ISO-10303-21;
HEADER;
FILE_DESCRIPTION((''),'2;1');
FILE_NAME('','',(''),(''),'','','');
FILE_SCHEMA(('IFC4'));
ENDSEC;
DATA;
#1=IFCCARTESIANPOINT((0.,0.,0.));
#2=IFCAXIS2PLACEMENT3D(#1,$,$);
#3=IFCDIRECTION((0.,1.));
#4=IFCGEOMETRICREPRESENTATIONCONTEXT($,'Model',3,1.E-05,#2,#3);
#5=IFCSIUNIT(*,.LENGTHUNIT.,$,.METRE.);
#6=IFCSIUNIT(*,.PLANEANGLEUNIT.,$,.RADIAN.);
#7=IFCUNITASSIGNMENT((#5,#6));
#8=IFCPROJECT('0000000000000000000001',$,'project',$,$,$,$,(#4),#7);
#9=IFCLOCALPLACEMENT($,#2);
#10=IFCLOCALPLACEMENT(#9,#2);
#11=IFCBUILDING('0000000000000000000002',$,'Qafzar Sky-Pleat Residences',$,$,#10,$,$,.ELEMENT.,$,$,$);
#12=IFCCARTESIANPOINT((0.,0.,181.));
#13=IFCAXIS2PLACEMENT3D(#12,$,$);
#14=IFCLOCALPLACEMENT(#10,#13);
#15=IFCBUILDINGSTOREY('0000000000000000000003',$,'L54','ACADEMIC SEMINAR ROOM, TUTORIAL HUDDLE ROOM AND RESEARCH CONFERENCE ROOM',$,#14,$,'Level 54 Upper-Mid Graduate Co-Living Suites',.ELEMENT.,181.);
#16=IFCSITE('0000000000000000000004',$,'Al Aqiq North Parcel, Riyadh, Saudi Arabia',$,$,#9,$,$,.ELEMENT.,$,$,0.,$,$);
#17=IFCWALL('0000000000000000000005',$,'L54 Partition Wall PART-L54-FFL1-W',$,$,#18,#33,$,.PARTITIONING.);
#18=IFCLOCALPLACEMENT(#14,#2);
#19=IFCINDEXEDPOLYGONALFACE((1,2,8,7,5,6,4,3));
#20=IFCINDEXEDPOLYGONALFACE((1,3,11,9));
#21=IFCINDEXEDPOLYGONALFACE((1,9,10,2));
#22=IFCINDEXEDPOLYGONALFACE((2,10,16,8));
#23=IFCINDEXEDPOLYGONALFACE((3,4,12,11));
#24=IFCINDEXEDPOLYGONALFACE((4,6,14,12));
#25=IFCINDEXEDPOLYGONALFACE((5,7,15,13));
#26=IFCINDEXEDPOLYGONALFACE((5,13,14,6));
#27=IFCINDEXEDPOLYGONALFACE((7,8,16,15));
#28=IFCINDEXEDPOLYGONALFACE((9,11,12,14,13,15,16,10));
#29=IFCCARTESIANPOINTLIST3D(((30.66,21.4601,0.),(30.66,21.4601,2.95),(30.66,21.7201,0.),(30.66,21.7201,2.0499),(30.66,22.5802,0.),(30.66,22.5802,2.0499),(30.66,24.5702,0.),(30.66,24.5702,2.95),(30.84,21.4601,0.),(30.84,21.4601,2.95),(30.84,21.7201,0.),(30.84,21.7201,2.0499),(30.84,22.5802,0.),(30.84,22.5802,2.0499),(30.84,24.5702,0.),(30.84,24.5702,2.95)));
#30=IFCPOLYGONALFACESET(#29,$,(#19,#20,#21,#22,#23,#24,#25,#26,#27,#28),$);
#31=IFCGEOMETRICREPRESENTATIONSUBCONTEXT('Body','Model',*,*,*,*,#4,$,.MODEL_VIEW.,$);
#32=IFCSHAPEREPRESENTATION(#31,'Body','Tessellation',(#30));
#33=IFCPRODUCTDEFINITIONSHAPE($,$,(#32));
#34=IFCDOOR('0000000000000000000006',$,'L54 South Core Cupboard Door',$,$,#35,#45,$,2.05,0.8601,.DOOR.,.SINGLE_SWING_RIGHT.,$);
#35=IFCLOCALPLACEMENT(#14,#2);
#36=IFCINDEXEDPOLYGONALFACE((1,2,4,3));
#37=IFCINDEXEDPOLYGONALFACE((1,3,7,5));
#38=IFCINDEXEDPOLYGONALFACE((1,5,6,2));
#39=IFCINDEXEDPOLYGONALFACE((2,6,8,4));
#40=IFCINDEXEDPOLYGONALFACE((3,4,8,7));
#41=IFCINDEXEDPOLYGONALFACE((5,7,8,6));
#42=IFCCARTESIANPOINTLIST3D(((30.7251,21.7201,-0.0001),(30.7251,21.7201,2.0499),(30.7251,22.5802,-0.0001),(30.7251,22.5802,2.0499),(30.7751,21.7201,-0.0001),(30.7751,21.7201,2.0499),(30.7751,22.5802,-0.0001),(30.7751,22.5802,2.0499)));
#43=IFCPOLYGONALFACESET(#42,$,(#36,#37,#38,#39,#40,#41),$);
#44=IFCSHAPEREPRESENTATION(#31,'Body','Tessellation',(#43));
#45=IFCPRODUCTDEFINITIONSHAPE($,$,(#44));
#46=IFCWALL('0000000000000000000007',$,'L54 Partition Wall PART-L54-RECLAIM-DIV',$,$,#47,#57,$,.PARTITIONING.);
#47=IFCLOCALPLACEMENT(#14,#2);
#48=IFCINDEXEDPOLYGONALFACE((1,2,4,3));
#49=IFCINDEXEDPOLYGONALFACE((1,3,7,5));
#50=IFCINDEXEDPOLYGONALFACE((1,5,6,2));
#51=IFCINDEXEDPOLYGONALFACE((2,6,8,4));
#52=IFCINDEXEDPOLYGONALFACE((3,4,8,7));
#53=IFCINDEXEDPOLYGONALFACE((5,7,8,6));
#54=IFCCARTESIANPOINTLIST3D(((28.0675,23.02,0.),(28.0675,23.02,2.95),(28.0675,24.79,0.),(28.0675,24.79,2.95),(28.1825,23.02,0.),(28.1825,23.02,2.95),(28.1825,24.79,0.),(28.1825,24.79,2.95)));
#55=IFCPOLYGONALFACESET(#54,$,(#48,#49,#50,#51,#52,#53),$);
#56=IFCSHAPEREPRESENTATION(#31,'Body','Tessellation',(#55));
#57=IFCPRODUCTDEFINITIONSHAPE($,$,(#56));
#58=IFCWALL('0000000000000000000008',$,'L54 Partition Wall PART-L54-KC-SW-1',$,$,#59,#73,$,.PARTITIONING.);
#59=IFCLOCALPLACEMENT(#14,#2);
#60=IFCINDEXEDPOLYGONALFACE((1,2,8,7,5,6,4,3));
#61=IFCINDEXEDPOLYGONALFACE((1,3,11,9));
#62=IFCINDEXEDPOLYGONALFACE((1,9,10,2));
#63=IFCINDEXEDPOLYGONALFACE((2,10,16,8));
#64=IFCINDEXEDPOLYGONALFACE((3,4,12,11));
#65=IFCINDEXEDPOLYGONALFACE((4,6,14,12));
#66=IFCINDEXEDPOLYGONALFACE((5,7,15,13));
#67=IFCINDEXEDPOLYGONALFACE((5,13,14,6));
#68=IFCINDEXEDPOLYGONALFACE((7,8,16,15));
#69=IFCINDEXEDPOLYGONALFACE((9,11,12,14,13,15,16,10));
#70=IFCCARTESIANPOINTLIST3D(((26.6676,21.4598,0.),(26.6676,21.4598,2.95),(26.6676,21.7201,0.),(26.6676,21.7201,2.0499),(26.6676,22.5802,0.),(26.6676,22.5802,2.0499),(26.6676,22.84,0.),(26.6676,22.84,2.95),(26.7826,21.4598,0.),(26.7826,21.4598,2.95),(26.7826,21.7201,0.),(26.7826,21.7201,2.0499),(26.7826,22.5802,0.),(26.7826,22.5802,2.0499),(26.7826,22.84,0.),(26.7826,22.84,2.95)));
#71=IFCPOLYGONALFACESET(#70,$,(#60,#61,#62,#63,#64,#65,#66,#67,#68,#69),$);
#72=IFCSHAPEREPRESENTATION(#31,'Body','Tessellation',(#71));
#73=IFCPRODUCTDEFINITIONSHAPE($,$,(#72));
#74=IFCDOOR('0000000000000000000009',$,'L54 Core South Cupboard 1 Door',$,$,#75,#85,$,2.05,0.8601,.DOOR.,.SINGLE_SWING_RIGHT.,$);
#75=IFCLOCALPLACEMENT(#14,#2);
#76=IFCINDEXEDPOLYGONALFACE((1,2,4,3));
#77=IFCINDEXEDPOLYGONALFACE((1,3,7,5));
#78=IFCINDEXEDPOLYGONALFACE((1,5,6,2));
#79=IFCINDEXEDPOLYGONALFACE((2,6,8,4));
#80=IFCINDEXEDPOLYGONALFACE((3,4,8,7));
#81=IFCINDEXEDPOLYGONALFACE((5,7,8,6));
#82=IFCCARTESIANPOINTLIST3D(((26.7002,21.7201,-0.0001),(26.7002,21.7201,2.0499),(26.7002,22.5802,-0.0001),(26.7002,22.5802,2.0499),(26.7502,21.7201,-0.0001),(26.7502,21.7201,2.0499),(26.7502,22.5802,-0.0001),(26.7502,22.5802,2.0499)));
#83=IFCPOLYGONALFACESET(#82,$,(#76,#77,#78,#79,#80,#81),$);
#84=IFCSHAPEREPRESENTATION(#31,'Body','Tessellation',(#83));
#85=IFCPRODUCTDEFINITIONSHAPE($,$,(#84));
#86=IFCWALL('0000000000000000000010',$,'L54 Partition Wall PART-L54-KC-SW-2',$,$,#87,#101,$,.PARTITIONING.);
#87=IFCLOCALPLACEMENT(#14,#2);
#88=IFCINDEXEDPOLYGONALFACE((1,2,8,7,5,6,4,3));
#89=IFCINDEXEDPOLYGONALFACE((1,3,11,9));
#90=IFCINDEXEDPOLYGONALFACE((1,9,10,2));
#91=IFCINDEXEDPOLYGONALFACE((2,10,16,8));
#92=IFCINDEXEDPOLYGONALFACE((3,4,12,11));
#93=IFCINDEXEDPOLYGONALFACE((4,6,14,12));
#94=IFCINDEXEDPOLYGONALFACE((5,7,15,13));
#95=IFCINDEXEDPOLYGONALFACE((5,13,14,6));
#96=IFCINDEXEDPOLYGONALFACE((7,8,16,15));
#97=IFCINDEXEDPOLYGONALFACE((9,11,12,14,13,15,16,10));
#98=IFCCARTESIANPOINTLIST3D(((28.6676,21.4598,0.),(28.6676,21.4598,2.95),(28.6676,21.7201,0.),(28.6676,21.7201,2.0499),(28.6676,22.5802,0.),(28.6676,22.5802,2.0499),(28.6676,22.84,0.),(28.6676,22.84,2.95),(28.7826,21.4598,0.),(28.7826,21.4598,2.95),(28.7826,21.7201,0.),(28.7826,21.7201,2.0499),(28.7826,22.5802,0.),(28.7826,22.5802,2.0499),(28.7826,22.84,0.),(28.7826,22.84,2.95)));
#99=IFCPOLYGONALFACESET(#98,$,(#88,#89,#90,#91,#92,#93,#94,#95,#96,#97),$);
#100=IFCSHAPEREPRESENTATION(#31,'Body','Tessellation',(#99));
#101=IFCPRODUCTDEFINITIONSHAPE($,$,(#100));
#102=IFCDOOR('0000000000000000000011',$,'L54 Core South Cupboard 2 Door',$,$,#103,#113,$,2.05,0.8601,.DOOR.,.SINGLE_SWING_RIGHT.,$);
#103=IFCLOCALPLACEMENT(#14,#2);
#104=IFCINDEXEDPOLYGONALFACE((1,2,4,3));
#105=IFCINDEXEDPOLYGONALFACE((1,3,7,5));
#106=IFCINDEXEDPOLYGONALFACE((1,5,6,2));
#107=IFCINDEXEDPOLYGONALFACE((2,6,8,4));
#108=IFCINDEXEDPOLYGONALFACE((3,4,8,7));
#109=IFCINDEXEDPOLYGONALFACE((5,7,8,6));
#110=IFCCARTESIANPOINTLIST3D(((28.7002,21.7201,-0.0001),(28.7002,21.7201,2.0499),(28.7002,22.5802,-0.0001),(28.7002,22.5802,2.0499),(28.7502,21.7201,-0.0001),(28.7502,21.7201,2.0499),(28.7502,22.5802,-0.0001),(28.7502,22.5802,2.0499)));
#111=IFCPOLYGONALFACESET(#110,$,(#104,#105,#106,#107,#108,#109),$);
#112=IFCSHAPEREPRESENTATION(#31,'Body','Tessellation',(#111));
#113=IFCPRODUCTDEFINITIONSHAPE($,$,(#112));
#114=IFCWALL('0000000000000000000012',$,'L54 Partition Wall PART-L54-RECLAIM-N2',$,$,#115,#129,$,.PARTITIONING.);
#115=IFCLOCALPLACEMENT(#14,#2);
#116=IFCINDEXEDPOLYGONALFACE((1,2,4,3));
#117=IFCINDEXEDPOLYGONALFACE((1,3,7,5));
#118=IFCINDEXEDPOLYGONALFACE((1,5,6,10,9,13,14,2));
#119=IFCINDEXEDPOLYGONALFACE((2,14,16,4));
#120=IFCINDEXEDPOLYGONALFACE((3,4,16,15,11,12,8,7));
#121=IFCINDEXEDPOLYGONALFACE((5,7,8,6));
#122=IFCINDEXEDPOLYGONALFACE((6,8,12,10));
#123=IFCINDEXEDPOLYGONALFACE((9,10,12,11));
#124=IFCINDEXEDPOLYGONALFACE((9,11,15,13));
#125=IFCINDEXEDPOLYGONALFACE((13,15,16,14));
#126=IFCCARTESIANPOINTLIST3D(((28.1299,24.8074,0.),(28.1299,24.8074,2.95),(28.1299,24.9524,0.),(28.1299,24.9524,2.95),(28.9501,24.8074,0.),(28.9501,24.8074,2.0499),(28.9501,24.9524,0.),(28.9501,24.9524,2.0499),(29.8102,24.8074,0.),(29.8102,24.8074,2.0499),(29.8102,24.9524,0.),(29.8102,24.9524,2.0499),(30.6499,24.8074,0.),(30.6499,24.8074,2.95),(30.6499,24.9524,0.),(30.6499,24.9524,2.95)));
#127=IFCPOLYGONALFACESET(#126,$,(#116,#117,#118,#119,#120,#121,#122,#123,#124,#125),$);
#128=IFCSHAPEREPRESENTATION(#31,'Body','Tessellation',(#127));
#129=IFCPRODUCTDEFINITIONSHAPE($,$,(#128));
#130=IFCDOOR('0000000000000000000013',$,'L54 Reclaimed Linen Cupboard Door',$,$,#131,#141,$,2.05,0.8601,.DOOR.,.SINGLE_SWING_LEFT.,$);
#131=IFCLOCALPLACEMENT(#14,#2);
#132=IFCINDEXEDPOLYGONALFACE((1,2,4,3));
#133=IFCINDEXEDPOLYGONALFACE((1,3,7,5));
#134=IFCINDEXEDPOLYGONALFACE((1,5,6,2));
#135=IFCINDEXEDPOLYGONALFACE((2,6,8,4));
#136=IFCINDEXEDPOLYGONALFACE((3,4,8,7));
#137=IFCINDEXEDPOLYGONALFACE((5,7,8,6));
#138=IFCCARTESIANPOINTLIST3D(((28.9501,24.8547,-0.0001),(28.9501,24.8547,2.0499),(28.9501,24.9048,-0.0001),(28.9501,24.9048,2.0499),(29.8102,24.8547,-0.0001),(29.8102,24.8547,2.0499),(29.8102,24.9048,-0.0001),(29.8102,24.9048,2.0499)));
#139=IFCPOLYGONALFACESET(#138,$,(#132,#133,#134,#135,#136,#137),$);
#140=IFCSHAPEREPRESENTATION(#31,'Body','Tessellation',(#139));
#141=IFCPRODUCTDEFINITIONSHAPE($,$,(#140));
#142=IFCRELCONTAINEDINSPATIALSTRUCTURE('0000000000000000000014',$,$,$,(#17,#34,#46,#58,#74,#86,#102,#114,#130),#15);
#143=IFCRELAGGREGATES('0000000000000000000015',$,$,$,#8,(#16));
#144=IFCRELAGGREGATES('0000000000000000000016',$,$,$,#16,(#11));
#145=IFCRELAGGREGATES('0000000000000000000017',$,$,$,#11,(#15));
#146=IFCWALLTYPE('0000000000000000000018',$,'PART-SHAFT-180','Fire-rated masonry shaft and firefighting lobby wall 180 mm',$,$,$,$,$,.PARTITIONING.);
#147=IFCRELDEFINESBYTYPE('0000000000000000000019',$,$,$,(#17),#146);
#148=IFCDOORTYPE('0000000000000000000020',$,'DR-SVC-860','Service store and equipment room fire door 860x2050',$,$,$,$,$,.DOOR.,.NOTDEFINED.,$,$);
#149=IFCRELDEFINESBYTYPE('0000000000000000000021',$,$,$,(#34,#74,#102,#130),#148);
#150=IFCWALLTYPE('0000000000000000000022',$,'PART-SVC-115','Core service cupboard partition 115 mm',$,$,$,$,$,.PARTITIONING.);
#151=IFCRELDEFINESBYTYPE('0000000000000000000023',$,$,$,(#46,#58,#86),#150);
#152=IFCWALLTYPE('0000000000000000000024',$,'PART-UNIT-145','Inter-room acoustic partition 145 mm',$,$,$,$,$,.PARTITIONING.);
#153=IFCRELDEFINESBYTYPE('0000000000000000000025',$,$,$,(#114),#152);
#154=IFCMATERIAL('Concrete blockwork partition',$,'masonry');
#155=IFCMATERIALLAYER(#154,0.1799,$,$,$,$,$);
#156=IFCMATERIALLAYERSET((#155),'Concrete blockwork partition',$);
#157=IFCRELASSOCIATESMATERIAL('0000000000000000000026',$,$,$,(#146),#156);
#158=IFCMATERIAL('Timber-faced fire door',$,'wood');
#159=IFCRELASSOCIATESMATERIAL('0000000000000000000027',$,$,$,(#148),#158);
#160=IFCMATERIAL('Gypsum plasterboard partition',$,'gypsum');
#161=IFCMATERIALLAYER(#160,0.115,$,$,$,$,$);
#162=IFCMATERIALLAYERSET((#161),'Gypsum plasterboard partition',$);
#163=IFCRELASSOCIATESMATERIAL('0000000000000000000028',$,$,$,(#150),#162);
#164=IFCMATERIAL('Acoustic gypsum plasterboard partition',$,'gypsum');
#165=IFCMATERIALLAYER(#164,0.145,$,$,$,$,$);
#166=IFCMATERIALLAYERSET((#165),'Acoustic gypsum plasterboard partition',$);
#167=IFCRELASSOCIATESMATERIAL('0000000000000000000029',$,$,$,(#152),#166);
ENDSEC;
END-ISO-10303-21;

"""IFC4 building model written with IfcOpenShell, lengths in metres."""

from ifc_helpers import new_model, si_unit, direction, frame, frame_2d, origin, place, context, subcontext, project, spatial, rectangle, extrude, source, transform, mapped, material, layer, layer_set, type_object, element, fill, save


model = new_model("IFC4")

# Units and contexts
model_context = context("Model", 3, precision=1e-05, world=origin(), true_north=direction((0.0, 1.0)))
body_context = subcontext(model_context, "Body", "Model", "MODEL_VIEW")
ifc_project = project(units=[si_unit("LENGTHUNIT", "METRE"), si_unit("PLANEANGLEUNIT", "RADIAN")], contexts=[model_context])

# Site, building, storey
site_placement = place(None, origin())
site = spatial("IfcSite", under=ifc_project, at=site_placement, Name="Al Aqiq North Parcel, Riyadh, Saudi Arabia", CompositionType="ELEMENT", RefElevation=0.0)
building_placement = place(site_placement, origin())
building = spatial("IfcBuilding", under=site, at=building_placement, Name="Qafzar Sky-Pleat Residences", CompositionType="ELEMENT")
storey_placement = place(building_placement, frame((0.0, 0.0, 181.0)))
storey = spatial("IfcBuildingStorey", under=building, at=storey_placement, Name="L54", Description="ACADEMIC SEMINAR ROOM, TUTORIAL HUDDLE ROOM AND RESEARCH CONFERENCE ROOM", LongName="Level 54 Upper-Mid Graduate Co-Living Suites", CompositionType="ELEMENT", Elevation=181.0)

# Wall, opening, door
ifc_material_1 = material(Name="Concrete blockwork partition", Category="masonry")
ifc_layer_1 = layer(ifc_material_1, 0.1799)
ifc_layer_set_1 = layer_set([ifc_layer_1], Name="Concrete blockwork partition")
wall_type_1 = type_object("IfcWallType", Name="PART-SHAFT-180", Description="Fire-rated masonry shaft and firefighting lobby wall 180 mm", PredefinedType="PARTITIONING", material=ifc_layer_set_1)
wall_1_placement = place(storey_placement, frame((30.75, 21.46, 0.0), z_axis=(0.0, 0.0, 1.0), x_axis=(0.0, 1.0, 0.0)))
wall_1 = element("IfcWall", 1, at=wall_1_placement, inside=storey, type_object=wall_type_1, Name="L54 Partition Wall PART-L54-FFL1-W", PredefinedType="PARTITIONING", context=body_context, shape_type="SweptSolid", body=[
    extrude(rectangle(XDim=3.1101, YDim=0.1799, at=frame_2d((1.5552, 0.0))), origin(), (0.0, 0.0, 1.0), 2.95),
])
opening_1_placement = place(wall_1_placement, frame((0.26, 0.0, 0.0)))
opening_1 = element("IfcOpeningElement", 2, at=opening_1_placement, cuts=wall_1, PredefinedType="OPENING", context=body_context, shape_type="SweptSolid", body=[
    extrude(rectangle(XDim=0.8601, YDim=2.05, at=frame_2d((0.4302, 1.0249))), frame((0.0, 0.1001, 0.0), z_axis=(0.0, -1.0, 0.0), x_axis=(1.0, 0.0, 0.0)), (0.0, 0.0, 1.0), 0.2),
])
ifc_material_2 = material(Name="Timber-faced fire door", Category="wood")
door_type_1 = type_object("IfcDoorType", Name="DR-SVC-860", Description="Service store and equipment room fire door 860x2050", OperationType="NOTDEFINED", PredefinedType="DOOR", material=ifc_material_2)
shared_shape_1 = source(origin(), body_context, "Body", "SweptSolid", [
    extrude(rectangle(XDim=0.8601, YDim=2.05, at=frame_2d((0.4302, 1.0249))), frame((0.0, 0.0249, 0.0), z_axis=(0.0, -1.0, 0.0), x_axis=(1.0, 0.0, 0.0)), (0.0, 0.0, 1.0), 0.05),
])
door_1_placement = place(opening_1_placement, origin())
door_1 = element("IfcDoor", 3, at=door_1_placement, inside=storey, type_object=door_type_1, Name="L54 South Core Cupboard Door", OperationType="SINGLE_SWING_RIGHT", OverallHeight=2.05, OverallWidth=0.8601, PredefinedType="DOOR", context=body_context, shape_type="MappedRepresentation", body=[
    mapped(shared_shape_1, transform((0.0, 0.0, 0.0), x_axis=(1.0, 0.0, 0.0), y_axis=(0.0, 1.0, 0.0), z_axis=(0.0, 0.0, 1.0), scale=1.0)),
])
fill(opening_1, door_1)

# Wall
ifc_material_3 = material(Name="Gypsum plasterboard partition", Category="gypsum")
ifc_layer_2 = layer(ifc_material_3, 0.115)
ifc_layer_set_2 = layer_set([ifc_layer_2], Name="Gypsum plasterboard partition")
wall_type_2 = type_object("IfcWallType", Name="PART-SVC-115", Description="Core service cupboard partition 115 mm", PredefinedType="PARTITIONING", material=ifc_layer_set_2)
wall_2_placement = place(storey_placement, frame((28.125, 23.02, 0.0), z_axis=(0.0, 0.0, 1.0), x_axis=(0.0, 1.0, 0.0)))
element("IfcWall", 4, at=wall_2_placement, inside=storey, type_object=wall_type_2, Name="L54 Partition Wall PART-L54-RECLAIM-DIV", PredefinedType="PARTITIONING", context=body_context, shape_type="SweptSolid", body=[
    extrude(rectangle(XDim=1.77, YDim=0.115, at=frame_2d((0.885, 0.0))), origin(), (0.0, 0.0, 1.0), 2.95),
])

# Walls, openings, doors
wall_3_placement = place(storey_placement, frame((26.7251, 21.46, 0.0), z_axis=(0.0, 0.0, 1.0), x_axis=(0.0, 1.0, 0.0)))
wall_3 = element("IfcWall", 5, at=wall_3_placement, inside=storey, type_object=wall_type_2, Name="L54 Partition Wall PART-L54-KC-SW-1", PredefinedType="PARTITIONING", context=body_context, shape_type="SweptSolid", body=[
    extrude(rectangle(XDim=1.3801, YDim=0.115, at=frame_2d((0.6899, 0.0))), origin(), (0.0, 0.0, 1.0), 2.95),
])
opening_2_placement = place(wall_3_placement, frame((0.26, 0.0, 0.0)))
opening_2 = element("IfcOpeningElement", 6, at=opening_2_placement, cuts=wall_3, PredefinedType="OPENING", context=body_context, shape_type="SweptSolid", body=[
    extrude(rectangle(XDim=0.8601, YDim=2.05, at=frame_2d((0.4302, 1.0249))), frame((0.0, 0.0674, 0.0), z_axis=(0.0, -1.0, 0.0), x_axis=(1.0, 0.0, 0.0)), (0.0, 0.0, 1.0), 0.135),
])
door_2_placement = place(opening_2_placement, origin())
door_2 = element("IfcDoor", 7, at=door_2_placement, inside=storey, type_object=door_type_1, Name="L54 Core South Cupboard 1 Door", OperationType="SINGLE_SWING_RIGHT", OverallHeight=2.05, OverallWidth=0.8601, PredefinedType="DOOR", context=body_context, shape_type="MappedRepresentation", body=[
    mapped(shared_shape_1, transform((0.0, 0.0, 0.0), x_axis=(1.0, 0.0, 0.0), y_axis=(0.0, 1.0, 0.0), z_axis=(0.0, 0.0, 1.0), scale=1.0)),
])
fill(opening_2, door_2)
wall_4_placement = place(storey_placement, frame((28.7251, 21.46, 0.0), z_axis=(0.0, 0.0, 1.0), x_axis=(0.0, 1.0, 0.0)))
wall_4 = element("IfcWall", 8, at=wall_4_placement, inside=storey, type_object=wall_type_2, Name="L54 Partition Wall PART-L54-KC-SW-2", PredefinedType="PARTITIONING", context=body_context, shape_type="SweptSolid", body=[
    extrude(rectangle(XDim=1.3801, YDim=0.115, at=frame_2d((0.6899, 0.0))), origin(), (0.0, 0.0, 1.0), 2.95),
])
opening_3_placement = place(wall_4_placement, frame((0.26, 0.0, 0.0)))
opening_3 = element("IfcOpeningElement", 9, at=opening_3_placement, cuts=wall_4, PredefinedType="OPENING", context=body_context, shape_type="SweptSolid", body=[
    extrude(rectangle(XDim=0.8601, YDim=2.05, at=frame_2d((0.4302, 1.0249))), frame((0.0, 0.0674, 0.0), z_axis=(0.0, -1.0, 0.0), x_axis=(1.0, 0.0, 0.0)), (0.0, 0.0, 1.0), 0.135),
])
door_3_placement = place(opening_3_placement, origin())
door_3 = element("IfcDoor", 10, at=door_3_placement, inside=storey, type_object=door_type_1, Name="L54 Core South Cupboard 2 Door", OperationType="SINGLE_SWING_RIGHT", OverallHeight=2.05, OverallWidth=0.8601, PredefinedType="DOOR", context=body_context, shape_type="MappedRepresentation", body=[
    mapped(shared_shape_1, transform((0.0, 0.0, 0.0), x_axis=(1.0, 0.0, 0.0), y_axis=(0.0, 1.0, 0.0), z_axis=(0.0, 0.0, 1.0), scale=1.0)),
])
fill(opening_3, door_3)
ifc_material_4 = material(Name="Acoustic gypsum plasterboard partition", Category="gypsum")
ifc_layer_3 = layer(ifc_material_4, 0.145)
ifc_layer_set_3 = layer_set([ifc_layer_3], Name="Acoustic gypsum plasterboard partition")
wall_type_3 = type_object("IfcWallType", Name="PART-UNIT-145", Description="Inter-room acoustic partition 145 mm", PredefinedType="PARTITIONING", material=ifc_layer_set_3)
wall_5_placement = place(storey_placement, frame((28.1299, 24.8799, 0.0), z_axis=(0.0, 0.0, 1.0), x_axis=(1.0, 0.0, 0.0)))
wall_5 = element("IfcWall", 11, at=wall_5_placement, inside=storey, type_object=wall_type_3, Name="L54 Partition Wall PART-L54-RECLAIM-N2", PredefinedType="PARTITIONING", context=body_context, shape_type="SweptSolid", body=[
    extrude(rectangle(XDim=2.52, YDim=0.145, at=frame_2d((1.26, 0.0))), origin(), (0.0, 0.0, 1.0), 2.95),
])
opening_4_placement = place(wall_5_placement, frame((0.8201, 0.0, 0.0)))
opening_4 = element("IfcOpeningElement", 12, at=opening_4_placement, cuts=wall_5, PredefinedType="OPENING", context=body_context, shape_type="SweptSolid", body=[
    extrude(rectangle(XDim=0.8601, YDim=2.05, at=frame_2d((0.4302, 1.0249))), frame((0.0, 0.0825, 0.0), z_axis=(0.0, -1.0, 0.0), x_axis=(1.0, 0.0, 0.0)), (0.0, 0.0, 1.0), 0.165),
])
door_4_placement = place(opening_4_placement, origin())
door_4 = element("IfcDoor", 13, at=door_4_placement, inside=storey, type_object=door_type_1, Name="L54 Reclaimed Linen Cupboard Door", OperationType="SINGLE_SWING_LEFT", OverallHeight=2.05, OverallWidth=0.8601, PredefinedType="DOOR", context=body_context, shape_type="MappedRepresentation", body=[
    mapped(shared_shape_1, transform((0.0, 0.0, 0.0), x_axis=(1.0, 0.0, 0.0), y_axis=(0.0, 1.0, 0.0), z_axis=(0.0, 0.0, 1.0), scale=1.0)),
])
fill(opening_4, door_4)

save(model, "model.ifc")
